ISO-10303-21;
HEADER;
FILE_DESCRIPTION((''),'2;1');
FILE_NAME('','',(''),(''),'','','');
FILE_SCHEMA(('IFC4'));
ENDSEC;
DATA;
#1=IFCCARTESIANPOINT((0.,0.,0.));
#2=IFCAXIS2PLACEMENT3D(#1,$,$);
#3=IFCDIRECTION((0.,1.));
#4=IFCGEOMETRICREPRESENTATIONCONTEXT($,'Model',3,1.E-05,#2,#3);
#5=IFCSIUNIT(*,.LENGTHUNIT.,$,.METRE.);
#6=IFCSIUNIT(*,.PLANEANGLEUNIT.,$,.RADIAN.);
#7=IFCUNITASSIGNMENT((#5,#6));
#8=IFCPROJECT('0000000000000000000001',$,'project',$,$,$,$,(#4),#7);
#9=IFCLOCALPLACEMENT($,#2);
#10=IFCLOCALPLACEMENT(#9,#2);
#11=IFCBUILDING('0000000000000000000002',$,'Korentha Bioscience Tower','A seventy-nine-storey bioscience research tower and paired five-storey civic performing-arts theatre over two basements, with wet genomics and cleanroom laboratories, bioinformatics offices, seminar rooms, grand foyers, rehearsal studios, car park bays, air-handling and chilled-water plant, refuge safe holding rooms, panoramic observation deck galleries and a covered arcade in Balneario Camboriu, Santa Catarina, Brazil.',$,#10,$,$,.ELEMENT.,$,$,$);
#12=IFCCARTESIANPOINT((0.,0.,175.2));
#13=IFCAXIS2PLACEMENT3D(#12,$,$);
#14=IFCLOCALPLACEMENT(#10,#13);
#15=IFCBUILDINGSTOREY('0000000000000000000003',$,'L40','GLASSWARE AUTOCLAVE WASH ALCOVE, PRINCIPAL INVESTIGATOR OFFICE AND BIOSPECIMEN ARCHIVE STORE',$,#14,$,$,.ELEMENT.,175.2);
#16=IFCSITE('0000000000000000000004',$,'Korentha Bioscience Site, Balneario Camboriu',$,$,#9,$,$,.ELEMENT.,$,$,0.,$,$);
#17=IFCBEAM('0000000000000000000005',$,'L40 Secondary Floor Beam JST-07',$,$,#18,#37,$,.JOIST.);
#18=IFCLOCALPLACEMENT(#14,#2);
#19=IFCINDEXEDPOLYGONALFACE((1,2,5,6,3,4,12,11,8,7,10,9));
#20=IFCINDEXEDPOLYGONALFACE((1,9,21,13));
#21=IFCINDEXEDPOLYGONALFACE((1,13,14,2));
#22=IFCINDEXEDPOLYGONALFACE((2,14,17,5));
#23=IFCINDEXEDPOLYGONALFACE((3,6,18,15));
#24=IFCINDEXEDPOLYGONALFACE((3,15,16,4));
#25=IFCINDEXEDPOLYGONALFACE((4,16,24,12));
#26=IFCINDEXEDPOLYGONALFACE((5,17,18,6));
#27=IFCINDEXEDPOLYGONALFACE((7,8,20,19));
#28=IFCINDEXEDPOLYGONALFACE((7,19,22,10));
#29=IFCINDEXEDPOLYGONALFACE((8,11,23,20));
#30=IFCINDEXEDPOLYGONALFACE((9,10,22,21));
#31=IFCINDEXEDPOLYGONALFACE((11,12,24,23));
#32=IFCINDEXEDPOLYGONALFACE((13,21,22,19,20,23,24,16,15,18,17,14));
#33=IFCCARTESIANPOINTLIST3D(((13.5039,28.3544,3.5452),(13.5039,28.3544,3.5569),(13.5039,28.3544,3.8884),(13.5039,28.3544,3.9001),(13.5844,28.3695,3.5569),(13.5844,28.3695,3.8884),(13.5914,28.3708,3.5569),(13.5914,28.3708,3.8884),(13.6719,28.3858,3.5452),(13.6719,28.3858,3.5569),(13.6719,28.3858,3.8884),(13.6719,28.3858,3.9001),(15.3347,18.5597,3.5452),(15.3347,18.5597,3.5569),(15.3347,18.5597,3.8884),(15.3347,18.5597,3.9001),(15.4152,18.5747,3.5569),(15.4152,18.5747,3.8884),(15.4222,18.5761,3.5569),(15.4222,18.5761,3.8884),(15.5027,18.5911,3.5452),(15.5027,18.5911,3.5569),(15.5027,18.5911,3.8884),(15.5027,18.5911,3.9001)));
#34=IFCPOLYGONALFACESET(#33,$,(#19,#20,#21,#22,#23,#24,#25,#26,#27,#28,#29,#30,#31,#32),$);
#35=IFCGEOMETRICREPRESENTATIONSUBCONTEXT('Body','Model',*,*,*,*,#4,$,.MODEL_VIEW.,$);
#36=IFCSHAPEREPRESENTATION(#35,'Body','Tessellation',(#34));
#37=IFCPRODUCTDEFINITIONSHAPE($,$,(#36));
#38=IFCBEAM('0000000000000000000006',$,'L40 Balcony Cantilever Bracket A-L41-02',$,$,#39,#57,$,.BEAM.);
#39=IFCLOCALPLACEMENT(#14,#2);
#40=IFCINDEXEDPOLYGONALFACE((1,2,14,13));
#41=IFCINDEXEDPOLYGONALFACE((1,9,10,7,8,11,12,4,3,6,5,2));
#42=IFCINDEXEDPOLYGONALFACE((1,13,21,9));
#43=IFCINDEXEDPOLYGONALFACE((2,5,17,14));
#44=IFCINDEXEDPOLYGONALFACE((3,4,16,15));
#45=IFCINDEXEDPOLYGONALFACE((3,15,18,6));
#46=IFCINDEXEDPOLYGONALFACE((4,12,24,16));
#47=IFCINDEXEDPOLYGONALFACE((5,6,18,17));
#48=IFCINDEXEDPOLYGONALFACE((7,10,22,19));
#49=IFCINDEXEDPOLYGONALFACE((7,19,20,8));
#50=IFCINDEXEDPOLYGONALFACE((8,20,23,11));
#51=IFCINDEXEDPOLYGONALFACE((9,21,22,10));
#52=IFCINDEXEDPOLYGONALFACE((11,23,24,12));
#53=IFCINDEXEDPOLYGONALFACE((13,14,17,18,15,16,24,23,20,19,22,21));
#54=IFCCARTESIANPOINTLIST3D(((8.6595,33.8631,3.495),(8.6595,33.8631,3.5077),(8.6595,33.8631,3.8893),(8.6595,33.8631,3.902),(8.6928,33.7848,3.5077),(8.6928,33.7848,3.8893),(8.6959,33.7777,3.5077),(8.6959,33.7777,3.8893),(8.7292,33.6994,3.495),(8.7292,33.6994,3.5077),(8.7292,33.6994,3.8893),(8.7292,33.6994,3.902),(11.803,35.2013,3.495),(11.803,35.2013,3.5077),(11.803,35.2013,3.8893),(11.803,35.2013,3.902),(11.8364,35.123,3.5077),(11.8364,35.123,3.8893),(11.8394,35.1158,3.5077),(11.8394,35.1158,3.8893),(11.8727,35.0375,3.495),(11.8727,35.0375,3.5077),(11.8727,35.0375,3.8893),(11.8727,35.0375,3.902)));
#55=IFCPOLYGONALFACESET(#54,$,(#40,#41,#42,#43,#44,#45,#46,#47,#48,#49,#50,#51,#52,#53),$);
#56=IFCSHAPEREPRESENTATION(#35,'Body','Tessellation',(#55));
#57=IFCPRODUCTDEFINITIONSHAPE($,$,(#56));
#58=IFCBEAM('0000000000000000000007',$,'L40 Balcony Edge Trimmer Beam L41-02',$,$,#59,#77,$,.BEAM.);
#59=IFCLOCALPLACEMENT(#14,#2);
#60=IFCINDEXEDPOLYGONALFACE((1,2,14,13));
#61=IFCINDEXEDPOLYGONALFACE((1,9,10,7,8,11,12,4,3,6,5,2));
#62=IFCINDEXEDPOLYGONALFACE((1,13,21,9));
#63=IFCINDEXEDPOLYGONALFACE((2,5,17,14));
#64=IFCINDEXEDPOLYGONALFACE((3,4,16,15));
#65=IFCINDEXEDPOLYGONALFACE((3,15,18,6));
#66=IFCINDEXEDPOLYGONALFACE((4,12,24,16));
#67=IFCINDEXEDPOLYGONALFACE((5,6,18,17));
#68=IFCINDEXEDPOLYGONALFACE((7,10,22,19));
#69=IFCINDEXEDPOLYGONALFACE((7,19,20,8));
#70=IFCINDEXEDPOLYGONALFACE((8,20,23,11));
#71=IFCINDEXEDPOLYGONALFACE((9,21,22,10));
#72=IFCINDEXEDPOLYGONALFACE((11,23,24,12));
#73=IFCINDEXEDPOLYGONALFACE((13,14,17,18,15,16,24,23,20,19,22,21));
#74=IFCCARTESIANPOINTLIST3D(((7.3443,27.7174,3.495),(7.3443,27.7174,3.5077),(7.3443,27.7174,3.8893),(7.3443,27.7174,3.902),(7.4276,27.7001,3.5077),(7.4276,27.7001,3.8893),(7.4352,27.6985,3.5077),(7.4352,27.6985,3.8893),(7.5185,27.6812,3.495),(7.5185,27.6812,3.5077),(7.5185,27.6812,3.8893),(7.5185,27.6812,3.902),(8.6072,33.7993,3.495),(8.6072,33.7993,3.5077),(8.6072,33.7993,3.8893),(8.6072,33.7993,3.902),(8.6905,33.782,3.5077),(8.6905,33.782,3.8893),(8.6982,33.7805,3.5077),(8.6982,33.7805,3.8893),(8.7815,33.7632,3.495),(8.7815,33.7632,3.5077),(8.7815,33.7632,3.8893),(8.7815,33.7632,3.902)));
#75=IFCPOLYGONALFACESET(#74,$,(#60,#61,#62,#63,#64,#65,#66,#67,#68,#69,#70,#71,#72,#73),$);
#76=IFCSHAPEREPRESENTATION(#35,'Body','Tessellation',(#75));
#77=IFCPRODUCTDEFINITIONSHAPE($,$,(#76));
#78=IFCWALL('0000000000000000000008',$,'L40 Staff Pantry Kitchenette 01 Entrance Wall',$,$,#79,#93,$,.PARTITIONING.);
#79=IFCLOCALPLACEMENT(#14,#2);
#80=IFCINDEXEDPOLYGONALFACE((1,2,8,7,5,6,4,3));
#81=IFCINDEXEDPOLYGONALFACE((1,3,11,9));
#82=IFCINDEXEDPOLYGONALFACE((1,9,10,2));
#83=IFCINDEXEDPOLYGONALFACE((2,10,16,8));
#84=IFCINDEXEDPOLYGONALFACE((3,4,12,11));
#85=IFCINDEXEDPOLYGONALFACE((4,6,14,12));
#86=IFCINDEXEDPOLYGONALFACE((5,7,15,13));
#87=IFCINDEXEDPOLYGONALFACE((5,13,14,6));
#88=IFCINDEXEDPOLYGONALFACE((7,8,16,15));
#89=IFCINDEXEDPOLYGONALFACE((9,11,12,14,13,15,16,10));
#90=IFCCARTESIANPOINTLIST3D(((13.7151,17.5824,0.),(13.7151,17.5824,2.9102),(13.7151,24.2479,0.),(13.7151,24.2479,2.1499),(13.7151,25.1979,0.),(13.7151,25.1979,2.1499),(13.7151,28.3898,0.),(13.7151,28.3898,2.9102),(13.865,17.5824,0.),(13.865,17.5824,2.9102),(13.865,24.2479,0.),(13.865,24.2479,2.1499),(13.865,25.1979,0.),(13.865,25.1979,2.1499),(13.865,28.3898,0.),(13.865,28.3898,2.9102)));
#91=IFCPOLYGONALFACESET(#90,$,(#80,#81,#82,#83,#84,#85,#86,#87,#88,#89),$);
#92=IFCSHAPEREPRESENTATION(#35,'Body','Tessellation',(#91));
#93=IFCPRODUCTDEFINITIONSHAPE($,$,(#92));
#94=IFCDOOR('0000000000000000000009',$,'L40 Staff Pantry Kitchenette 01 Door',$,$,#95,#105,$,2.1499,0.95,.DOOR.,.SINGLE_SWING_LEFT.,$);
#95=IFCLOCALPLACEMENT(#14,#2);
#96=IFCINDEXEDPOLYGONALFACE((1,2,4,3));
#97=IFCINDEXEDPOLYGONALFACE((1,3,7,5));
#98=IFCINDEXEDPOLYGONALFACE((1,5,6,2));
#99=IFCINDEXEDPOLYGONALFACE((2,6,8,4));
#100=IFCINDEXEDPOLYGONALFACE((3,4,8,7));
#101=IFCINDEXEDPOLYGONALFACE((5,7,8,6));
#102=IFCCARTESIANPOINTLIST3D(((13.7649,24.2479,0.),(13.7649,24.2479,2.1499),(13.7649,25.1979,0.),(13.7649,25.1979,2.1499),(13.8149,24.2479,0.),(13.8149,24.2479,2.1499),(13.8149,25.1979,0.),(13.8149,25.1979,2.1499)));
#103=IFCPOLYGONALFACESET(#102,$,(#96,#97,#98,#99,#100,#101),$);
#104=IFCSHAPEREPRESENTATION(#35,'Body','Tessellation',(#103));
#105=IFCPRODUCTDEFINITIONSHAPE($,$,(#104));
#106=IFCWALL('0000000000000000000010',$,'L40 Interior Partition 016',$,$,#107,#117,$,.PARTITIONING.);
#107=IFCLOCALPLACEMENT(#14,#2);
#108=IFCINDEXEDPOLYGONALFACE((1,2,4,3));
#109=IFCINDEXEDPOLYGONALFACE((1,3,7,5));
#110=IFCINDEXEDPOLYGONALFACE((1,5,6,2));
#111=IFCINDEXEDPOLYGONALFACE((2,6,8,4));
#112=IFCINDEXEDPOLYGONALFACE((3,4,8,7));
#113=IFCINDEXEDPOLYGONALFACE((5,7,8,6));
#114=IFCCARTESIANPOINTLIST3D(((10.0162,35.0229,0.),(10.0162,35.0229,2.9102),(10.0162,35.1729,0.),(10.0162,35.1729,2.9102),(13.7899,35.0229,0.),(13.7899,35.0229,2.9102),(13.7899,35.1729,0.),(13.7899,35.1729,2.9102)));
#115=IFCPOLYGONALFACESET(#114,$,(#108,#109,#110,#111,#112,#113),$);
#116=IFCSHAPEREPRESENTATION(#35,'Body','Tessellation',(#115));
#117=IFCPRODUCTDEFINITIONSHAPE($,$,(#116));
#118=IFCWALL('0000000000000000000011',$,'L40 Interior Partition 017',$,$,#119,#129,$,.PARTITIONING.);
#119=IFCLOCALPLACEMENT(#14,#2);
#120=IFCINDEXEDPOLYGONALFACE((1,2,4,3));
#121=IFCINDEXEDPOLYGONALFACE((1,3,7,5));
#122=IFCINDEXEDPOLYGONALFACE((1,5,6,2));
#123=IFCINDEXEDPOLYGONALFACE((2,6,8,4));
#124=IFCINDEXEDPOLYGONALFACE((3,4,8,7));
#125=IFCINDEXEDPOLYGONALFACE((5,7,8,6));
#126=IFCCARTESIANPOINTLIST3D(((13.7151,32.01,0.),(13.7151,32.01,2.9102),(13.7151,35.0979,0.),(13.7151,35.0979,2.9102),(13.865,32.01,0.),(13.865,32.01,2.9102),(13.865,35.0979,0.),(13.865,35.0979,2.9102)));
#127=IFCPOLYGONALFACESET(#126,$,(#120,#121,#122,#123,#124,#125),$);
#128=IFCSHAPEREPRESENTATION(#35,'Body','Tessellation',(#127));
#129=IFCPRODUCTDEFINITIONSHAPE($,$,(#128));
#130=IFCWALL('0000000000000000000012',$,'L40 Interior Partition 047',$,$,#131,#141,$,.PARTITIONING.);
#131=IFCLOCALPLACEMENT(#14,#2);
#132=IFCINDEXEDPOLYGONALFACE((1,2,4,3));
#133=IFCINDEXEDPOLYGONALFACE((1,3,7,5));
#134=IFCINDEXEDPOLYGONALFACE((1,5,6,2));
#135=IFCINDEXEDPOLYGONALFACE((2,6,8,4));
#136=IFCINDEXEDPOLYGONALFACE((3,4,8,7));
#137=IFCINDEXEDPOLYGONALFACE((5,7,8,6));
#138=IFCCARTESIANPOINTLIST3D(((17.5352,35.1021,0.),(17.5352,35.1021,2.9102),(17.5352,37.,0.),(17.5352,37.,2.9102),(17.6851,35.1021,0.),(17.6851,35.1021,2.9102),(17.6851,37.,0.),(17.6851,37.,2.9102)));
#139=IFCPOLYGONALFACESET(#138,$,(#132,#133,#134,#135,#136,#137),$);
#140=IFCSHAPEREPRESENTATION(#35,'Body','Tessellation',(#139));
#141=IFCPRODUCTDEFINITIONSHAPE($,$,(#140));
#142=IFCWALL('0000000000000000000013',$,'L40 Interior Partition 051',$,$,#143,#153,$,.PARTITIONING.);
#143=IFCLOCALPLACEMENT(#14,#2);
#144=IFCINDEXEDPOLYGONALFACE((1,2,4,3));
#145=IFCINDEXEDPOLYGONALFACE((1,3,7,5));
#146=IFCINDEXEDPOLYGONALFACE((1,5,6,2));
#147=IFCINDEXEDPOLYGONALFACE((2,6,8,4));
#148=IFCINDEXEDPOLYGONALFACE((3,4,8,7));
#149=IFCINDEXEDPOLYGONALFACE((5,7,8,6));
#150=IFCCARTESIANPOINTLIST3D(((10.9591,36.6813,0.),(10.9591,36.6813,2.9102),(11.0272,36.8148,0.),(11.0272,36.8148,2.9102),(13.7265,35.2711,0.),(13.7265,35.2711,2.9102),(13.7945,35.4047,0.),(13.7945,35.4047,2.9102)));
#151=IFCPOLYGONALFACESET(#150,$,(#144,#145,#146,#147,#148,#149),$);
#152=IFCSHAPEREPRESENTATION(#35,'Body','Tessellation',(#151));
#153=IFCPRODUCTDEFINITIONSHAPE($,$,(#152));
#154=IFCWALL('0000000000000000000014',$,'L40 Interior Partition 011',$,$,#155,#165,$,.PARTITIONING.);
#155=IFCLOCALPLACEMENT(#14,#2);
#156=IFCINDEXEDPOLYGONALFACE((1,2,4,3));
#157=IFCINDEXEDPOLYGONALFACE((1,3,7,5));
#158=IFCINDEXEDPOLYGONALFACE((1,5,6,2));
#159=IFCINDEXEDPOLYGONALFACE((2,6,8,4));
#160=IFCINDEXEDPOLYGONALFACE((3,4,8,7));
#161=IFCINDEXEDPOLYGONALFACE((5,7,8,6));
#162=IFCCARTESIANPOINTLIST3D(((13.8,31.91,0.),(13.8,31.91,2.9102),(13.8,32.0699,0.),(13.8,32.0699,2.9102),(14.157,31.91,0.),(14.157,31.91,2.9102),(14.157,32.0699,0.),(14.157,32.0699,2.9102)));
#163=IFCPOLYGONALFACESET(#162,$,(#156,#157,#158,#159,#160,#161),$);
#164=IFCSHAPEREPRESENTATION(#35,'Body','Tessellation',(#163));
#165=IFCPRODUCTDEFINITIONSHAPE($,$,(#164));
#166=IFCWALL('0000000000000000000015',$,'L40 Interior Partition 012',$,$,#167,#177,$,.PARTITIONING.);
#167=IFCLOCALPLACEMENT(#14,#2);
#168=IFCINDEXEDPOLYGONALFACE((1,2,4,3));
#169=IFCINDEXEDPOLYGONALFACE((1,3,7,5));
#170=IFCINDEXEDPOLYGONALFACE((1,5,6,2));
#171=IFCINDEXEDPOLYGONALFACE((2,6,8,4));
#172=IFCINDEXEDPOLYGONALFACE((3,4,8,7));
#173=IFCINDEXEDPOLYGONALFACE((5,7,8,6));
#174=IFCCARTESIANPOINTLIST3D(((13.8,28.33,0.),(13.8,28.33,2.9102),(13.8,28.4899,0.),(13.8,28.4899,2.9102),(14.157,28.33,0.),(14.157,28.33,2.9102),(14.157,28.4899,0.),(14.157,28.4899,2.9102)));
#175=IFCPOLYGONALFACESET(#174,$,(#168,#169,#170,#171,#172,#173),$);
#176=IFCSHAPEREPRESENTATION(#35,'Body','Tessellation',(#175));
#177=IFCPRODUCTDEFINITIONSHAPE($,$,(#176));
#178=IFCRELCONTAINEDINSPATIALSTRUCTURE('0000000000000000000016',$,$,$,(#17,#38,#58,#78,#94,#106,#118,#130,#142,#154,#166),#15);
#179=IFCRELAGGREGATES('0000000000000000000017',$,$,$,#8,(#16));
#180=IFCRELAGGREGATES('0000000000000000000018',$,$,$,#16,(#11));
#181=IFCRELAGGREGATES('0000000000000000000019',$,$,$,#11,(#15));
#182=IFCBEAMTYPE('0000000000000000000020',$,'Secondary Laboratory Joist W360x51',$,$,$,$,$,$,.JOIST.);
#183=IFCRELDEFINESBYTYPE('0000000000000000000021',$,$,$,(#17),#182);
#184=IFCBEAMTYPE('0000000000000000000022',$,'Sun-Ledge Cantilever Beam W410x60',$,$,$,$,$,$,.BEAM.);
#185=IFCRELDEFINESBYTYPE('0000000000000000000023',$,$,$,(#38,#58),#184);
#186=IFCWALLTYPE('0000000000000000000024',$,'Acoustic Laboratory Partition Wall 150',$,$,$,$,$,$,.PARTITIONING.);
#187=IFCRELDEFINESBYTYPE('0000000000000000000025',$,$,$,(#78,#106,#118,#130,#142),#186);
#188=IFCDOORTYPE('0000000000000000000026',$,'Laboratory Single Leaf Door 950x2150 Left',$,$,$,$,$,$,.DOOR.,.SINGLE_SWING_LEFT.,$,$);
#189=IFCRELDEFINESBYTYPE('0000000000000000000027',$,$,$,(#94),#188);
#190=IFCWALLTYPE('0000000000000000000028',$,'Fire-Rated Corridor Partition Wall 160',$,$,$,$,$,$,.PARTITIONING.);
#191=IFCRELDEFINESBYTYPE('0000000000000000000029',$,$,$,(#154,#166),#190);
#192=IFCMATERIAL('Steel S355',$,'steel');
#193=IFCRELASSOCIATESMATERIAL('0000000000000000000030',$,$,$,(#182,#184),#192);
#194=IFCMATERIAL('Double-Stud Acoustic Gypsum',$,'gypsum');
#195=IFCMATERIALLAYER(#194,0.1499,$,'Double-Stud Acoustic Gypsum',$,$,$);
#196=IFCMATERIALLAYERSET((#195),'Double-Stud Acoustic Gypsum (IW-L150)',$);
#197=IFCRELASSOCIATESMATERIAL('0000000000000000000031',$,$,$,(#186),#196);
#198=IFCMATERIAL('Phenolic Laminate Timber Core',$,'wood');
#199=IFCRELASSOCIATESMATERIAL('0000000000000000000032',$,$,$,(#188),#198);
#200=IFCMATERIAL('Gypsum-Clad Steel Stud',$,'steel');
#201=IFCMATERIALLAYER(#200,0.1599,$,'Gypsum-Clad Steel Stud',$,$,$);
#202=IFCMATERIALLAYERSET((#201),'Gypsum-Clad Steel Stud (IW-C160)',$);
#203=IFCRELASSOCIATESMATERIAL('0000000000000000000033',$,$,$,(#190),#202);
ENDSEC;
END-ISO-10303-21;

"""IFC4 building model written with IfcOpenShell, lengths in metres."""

from ifc_helpers import new_model, si_unit, direction, frame, frame_2d, origin, origin_2d, place, context, subcontext, project, spatial, rectangle, i_section, extrude, material, layer, layer_set, material_profile, profile_set, type_object, element, fill, save


model = new_model("IFC4")

# Units and contexts
model_context = context("Model", 3, precision=1e-05, world=origin(), true_north=direction((0.0, 1.0)))
body_context = subcontext(model_context, "Body", "Model", "MODEL_VIEW")
ifc_project = project(units=[si_unit("LENGTHUNIT", "METRE"), si_unit("PLANEANGLEUNIT", "RADIAN")], contexts=[model_context])

# Site, building, storey
site_placement = place(None, origin())
site = spatial("IfcSite", under=ifc_project, at=site_placement, Name="Korentha Bioscience Site, Balneario Camboriu", CompositionType="ELEMENT", RefElevation=0.0)
building_placement = place(site_placement, origin())
building = spatial("IfcBuilding", under=site, at=building_placement, Name="Korentha Bioscience Tower", Description="A seventy-nine-storey bioscience research tower and paired five-storey civic performing-arts theatre over two basements, with wet genomics and cleanroom laboratories, bioinformatics offices, seminar rooms, grand foyers, rehearsal studios, car park bays, air-handling and chilled-water plant, refuge safe holding rooms, panoramic observation deck galleries and a covered arcade in Balneario Camboriu, Santa Catarina, Brazil.", CompositionType="ELEMENT")
storey_placement = place(building_placement, frame((0.0, 0.0, 175.2)))
storey = spatial("IfcBuildingStorey", under=building, at=storey_placement, Name="L40", Description="GLASSWARE AUTOCLAVE WASH ALCOVE, PRINCIPAL INVESTIGATOR OFFICE AND BIOSPECIMEN ARCHIVE STORE", CompositionType="ELEMENT", Elevation=175.2)

# Beams
ifc_material_1 = material(Name="Steel S355", Category="steel")
ifc_material_profile_1 = material_profile(ifc_material_1, i_section(OverallWidth=0.1709, OverallDepth=0.355, WebThickness=0.0071, FlangeThickness=0.0117, at=origin_2d()), Name="Steel S355")
ifc_profile_set_1 = profile_set([ifc_material_profile_1], Name="Steel S355 (JB-360)")
beam_type_1 = type_object("IfcBeamType", Name="Secondary Laboratory Joist W360x51", PredefinedType="JOIST", material=ifc_profile_set_1)
beam_1_placement = place(storey_placement, frame((13.5879, 28.3701, 3.7227), z_axis=(0.183737, -0.982975, 0.0), x_axis=(0.982975, 0.183737, 0.0)))
element("IfcBeam", 1, at=beam_1_placement, inside=storey, type_object=beam_type_1, Name="L40 Secondary Floor Beam JST-07", PredefinedType="JOIST", context=body_context, shape_type="SweptSolid", body=[
    extrude(i_section(OverallWidth=0.1709, OverallDepth=0.355, WebThickness=0.0071, FlangeThickness=0.0117, at=origin_2d()), origin(), (0.0, 0.0, 1.0), 9.9644),
])
ifc_material_profile_2 = material_profile(ifc_material_1, i_section(OverallWidth=0.178, OverallDepth=0.407, WebThickness=0.0078, FlangeThickness=0.0127, at=origin_2d()), Name="Steel S355")
ifc_profile_set_2 = profile_set([ifc_material_profile_2], Name="Steel S355 (CB-410)")
beam_type_2 = type_object("IfcBeamType", Name="Sun-Ledge Cantilever Beam W410x60", PredefinedType="BEAM", material=ifc_profile_set_2)
beam_2_placement = place(storey_placement, frame((11.8379, 35.1194, 3.6985), z_axis=(-0.920107, -0.391667, 0.0), x_axis=(0.391667, -0.920107, 0.0)))
element("IfcBeam", 2, at=beam_2_placement, inside=storey, type_object=beam_type_2, Name="L40 Balcony Cantilever Bracket A-L41-02", PredefinedType="BEAM", context=body_context, shape_type="SweptSolid", body=[
    extrude(i_section(OverallWidth=0.178, OverallDepth=0.407, WebThickness=0.0078, FlangeThickness=0.0127, at=origin_2d()), origin(), (0.0, 0.0, 1.0), 3.4165),
])
beam_3_placement = place(storey_placement, frame((8.6943, 33.7812, 3.6985), z_axis=(-0.203314, -0.979114, 0.0), x_axis=(0.979114, -0.203314, 0.0)))
element("IfcBeam", 3, at=beam_3_placement, inside=storey, type_object=beam_type_2, Name="L40 Balcony Edge Trimmer Beam L41-02", PredefinedType="BEAM", context=body_context, shape_type="SweptSolid", body=[
    extrude(i_section(OverallWidth=0.178, OverallDepth=0.407, WebThickness=0.0078, FlangeThickness=0.0127, at=origin_2d()), origin(), (0.0, 0.0, 1.0), 6.2117),
])

# Wall, opening, door
ifc_material_2 = material(Name="Double-Stud Acoustic Gypsum", Category="gypsum")
ifc_layer_1 = layer(ifc_material_2, 0.1499, Name="Double-Stud Acoustic Gypsum")
ifc_layer_set_1 = layer_set([ifc_layer_1], Name="Double-Stud Acoustic Gypsum (IW-L150)")
wall_type_1 = type_object("IfcWallType", Name="Acoustic Laboratory Partition Wall 150", PredefinedType="PARTITIONING", material=ifc_layer_set_1)
wall_1_placement = place(storey_placement, frame((13.79, 28.3899, 0.0), z_axis=(0.0, 0.0, 1.0), x_axis=(0.0, -1.0, 0.0)))
wall_1 = element("IfcWall", 4, at=wall_1_placement, inside=storey, type_object=wall_type_1, Name="L40 Staff Pantry Kitchenette 01 Entrance Wall", PredefinedType="PARTITIONING", context=body_context, shape_type="SweptSolid", body=[
    extrude(rectangle(XDim=10.8074, YDim=0.1499, at=frame_2d((5.4038, 0.0))), origin(), (0.0, 0.0, 1.0), 2.9102),
])
opening_1_placement = place(wall_1_placement, frame((3.1919, 0.0, 0.0)))
opening_1 = element("IfcOpeningElement", 5, at=opening_1_placement, cuts=wall_1, PredefinedType="OPENING", context=body_context, shape_type="SweptSolid", body=[
    extrude(rectangle(XDim=0.95, YDim=2.1499, at=frame_2d((0.4751, 1.075))), frame((0.0, 0.0898, 0.0), z_axis=(0.0, -1.0, 0.0), x_axis=(1.0, 0.0, 0.0)), (0.0, 0.0, 1.0), 0.1797),
])
ifc_material_3 = material(Name="Phenolic Laminate Timber Core", Category="wood")
door_type_1 = type_object("IfcDoorType", Name="Laboratory Single Leaf Door 950x2150 Left", OperationType="SINGLE_SWING_LEFT", PredefinedType="DOOR", material=ifc_material_3)
door_1_placement = place(opening_1_placement, origin())
door_1 = element("IfcDoor", 6, at=door_1_placement, inside=storey, type_object=door_type_1, Name="L40 Staff Pantry Kitchenette 01 Door", OperationType="SINGLE_SWING_LEFT", OverallHeight=2.1499, OverallWidth=0.95, PredefinedType="DOOR", context=body_context, shape_type="SweptSolid", body=[
    extrude(rectangle(XDim=0.95, YDim=2.1499, at=frame_2d((0.4751, 1.075))), frame((0.0, 0.0249, 0.0), z_axis=(0.0, -1.0, 0.0), x_axis=(1.0, 0.0, 0.0)), (0.0, 0.0, 1.0), 0.05),
])
fill(opening_1, door_1)

# Walls
wall_2_placement = place(storey_placement, frame((10.0164, 35.0979, 0.0), z_axis=(0.0, 0.0, 1.0), x_axis=(1.0, 0.0, 0.0)))
element("IfcWall", 7, at=wall_2_placement, inside=storey, type_object=wall_type_1, Name="L40 Interior Partition 016", PredefinedType="PARTITIONING", context=body_context, shape_type="SweptSolid", body=[
    extrude(rectangle(XDim=3.7737, YDim=0.1499, at=frame_2d((1.8867, 0.0))), origin(), (0.0, 0.0, 1.0), 2.9102),
])
wall_3_placement = place(storey_placement, frame((13.79, 35.0979, 0.0), z_axis=(0.0, 0.0, 1.0), x_axis=(0.0, -1.0, 0.0)))
element("IfcWall", 8, at=wall_3_placement, inside=storey, type_object=wall_type_1, Name="L40 Interior Partition 017", PredefinedType="PARTITIONING", context=body_context, shape_type="SweptSolid", body=[
    extrude(rectangle(XDim=3.0879, YDim=0.1499, at=frame_2d((1.5439, 0.0))), origin(), (0.0, 0.0, 1.0), 2.9102),
])
wall_4_placement = place(storey_placement, frame((17.6101, 35.1021, 0.0), z_axis=(0.0, 0.0, 1.0), x_axis=(0.0, 1.0, 0.0)))
element("IfcWall", 9, at=wall_4_placement, inside=storey, type_object=wall_type_1, Name="L40 Interior Partition 047", PredefinedType="PARTITIONING", context=body_context, shape_type="SweptSolid", body=[
    extrude(rectangle(XDim=1.8979, YDim=0.1499, at=frame_2d((0.949, 0.0))), origin(), (0.0, 0.0, 1.0), 2.9102),
])
wall_5_placement = place(storey_placement, frame((13.7605, 35.3379, 0.0), z_axis=(0.0, 0.0, 1.0), x_axis=(-0.89099, 0.454024, 0.0)))
element("IfcWall", 10, at=wall_5_placement, inside=storey, type_object=wall_type_1, Name="L40 Interior Partition 051", PredefinedType="PARTITIONING", context=body_context, shape_type="SweptSolid", body=[
    extrude(rectangle(XDim=3.106, YDim=0.1499, at=frame_2d((1.553, 0.0))), origin(), (0.0, 0.0, 1.0), 2.9102),
])

# Shared definitions
ifc_material_4 = material(Name="Gypsum-Clad Steel Stud", Category="steel")
ifc_layer_2 = layer(ifc_material_4, 0.1599, Name="Gypsum-Clad Steel Stud")
ifc_layer_set_2 = layer_set([ifc_layer_2], Name="Gypsum-Clad Steel Stud (IW-C160)")
wall_type_2 = type_object("IfcWallType", Name="Fire-Rated Corridor Partition Wall 160", PredefinedType="PARTITIONING", material=ifc_layer_set_2)

# Walls
for number, where, z_axis, x_axis, name in (
    (11, (13.8, 31.99, 0.0), (0.0, 0.0, 1.0), (1.0, 0.0, 0.0), "L40 Interior Partition 011"),
    (12, (14.157, 28.4099, 0.0), (0.0, 0.0, 1.0), (-1.0, 0.0, 0.0), "L40 Interior Partition 012"),
):
    element("IfcWall", number, at=place(storey_placement, frame(where, z_axis=z_axis, x_axis=x_axis)), inside=storey, type_object=wall_type_2, Name=name, PredefinedType="PARTITIONING", context=body_context, shape_type="SweptSolid", body=[
        extrude(rectangle(XDim=0.3569, YDim=0.1599, at=frame_2d((0.1785, 0.0))), origin(), (0.0, 0.0, 1.0), 2.9102),
    ])

save(model, "model.ifc")
